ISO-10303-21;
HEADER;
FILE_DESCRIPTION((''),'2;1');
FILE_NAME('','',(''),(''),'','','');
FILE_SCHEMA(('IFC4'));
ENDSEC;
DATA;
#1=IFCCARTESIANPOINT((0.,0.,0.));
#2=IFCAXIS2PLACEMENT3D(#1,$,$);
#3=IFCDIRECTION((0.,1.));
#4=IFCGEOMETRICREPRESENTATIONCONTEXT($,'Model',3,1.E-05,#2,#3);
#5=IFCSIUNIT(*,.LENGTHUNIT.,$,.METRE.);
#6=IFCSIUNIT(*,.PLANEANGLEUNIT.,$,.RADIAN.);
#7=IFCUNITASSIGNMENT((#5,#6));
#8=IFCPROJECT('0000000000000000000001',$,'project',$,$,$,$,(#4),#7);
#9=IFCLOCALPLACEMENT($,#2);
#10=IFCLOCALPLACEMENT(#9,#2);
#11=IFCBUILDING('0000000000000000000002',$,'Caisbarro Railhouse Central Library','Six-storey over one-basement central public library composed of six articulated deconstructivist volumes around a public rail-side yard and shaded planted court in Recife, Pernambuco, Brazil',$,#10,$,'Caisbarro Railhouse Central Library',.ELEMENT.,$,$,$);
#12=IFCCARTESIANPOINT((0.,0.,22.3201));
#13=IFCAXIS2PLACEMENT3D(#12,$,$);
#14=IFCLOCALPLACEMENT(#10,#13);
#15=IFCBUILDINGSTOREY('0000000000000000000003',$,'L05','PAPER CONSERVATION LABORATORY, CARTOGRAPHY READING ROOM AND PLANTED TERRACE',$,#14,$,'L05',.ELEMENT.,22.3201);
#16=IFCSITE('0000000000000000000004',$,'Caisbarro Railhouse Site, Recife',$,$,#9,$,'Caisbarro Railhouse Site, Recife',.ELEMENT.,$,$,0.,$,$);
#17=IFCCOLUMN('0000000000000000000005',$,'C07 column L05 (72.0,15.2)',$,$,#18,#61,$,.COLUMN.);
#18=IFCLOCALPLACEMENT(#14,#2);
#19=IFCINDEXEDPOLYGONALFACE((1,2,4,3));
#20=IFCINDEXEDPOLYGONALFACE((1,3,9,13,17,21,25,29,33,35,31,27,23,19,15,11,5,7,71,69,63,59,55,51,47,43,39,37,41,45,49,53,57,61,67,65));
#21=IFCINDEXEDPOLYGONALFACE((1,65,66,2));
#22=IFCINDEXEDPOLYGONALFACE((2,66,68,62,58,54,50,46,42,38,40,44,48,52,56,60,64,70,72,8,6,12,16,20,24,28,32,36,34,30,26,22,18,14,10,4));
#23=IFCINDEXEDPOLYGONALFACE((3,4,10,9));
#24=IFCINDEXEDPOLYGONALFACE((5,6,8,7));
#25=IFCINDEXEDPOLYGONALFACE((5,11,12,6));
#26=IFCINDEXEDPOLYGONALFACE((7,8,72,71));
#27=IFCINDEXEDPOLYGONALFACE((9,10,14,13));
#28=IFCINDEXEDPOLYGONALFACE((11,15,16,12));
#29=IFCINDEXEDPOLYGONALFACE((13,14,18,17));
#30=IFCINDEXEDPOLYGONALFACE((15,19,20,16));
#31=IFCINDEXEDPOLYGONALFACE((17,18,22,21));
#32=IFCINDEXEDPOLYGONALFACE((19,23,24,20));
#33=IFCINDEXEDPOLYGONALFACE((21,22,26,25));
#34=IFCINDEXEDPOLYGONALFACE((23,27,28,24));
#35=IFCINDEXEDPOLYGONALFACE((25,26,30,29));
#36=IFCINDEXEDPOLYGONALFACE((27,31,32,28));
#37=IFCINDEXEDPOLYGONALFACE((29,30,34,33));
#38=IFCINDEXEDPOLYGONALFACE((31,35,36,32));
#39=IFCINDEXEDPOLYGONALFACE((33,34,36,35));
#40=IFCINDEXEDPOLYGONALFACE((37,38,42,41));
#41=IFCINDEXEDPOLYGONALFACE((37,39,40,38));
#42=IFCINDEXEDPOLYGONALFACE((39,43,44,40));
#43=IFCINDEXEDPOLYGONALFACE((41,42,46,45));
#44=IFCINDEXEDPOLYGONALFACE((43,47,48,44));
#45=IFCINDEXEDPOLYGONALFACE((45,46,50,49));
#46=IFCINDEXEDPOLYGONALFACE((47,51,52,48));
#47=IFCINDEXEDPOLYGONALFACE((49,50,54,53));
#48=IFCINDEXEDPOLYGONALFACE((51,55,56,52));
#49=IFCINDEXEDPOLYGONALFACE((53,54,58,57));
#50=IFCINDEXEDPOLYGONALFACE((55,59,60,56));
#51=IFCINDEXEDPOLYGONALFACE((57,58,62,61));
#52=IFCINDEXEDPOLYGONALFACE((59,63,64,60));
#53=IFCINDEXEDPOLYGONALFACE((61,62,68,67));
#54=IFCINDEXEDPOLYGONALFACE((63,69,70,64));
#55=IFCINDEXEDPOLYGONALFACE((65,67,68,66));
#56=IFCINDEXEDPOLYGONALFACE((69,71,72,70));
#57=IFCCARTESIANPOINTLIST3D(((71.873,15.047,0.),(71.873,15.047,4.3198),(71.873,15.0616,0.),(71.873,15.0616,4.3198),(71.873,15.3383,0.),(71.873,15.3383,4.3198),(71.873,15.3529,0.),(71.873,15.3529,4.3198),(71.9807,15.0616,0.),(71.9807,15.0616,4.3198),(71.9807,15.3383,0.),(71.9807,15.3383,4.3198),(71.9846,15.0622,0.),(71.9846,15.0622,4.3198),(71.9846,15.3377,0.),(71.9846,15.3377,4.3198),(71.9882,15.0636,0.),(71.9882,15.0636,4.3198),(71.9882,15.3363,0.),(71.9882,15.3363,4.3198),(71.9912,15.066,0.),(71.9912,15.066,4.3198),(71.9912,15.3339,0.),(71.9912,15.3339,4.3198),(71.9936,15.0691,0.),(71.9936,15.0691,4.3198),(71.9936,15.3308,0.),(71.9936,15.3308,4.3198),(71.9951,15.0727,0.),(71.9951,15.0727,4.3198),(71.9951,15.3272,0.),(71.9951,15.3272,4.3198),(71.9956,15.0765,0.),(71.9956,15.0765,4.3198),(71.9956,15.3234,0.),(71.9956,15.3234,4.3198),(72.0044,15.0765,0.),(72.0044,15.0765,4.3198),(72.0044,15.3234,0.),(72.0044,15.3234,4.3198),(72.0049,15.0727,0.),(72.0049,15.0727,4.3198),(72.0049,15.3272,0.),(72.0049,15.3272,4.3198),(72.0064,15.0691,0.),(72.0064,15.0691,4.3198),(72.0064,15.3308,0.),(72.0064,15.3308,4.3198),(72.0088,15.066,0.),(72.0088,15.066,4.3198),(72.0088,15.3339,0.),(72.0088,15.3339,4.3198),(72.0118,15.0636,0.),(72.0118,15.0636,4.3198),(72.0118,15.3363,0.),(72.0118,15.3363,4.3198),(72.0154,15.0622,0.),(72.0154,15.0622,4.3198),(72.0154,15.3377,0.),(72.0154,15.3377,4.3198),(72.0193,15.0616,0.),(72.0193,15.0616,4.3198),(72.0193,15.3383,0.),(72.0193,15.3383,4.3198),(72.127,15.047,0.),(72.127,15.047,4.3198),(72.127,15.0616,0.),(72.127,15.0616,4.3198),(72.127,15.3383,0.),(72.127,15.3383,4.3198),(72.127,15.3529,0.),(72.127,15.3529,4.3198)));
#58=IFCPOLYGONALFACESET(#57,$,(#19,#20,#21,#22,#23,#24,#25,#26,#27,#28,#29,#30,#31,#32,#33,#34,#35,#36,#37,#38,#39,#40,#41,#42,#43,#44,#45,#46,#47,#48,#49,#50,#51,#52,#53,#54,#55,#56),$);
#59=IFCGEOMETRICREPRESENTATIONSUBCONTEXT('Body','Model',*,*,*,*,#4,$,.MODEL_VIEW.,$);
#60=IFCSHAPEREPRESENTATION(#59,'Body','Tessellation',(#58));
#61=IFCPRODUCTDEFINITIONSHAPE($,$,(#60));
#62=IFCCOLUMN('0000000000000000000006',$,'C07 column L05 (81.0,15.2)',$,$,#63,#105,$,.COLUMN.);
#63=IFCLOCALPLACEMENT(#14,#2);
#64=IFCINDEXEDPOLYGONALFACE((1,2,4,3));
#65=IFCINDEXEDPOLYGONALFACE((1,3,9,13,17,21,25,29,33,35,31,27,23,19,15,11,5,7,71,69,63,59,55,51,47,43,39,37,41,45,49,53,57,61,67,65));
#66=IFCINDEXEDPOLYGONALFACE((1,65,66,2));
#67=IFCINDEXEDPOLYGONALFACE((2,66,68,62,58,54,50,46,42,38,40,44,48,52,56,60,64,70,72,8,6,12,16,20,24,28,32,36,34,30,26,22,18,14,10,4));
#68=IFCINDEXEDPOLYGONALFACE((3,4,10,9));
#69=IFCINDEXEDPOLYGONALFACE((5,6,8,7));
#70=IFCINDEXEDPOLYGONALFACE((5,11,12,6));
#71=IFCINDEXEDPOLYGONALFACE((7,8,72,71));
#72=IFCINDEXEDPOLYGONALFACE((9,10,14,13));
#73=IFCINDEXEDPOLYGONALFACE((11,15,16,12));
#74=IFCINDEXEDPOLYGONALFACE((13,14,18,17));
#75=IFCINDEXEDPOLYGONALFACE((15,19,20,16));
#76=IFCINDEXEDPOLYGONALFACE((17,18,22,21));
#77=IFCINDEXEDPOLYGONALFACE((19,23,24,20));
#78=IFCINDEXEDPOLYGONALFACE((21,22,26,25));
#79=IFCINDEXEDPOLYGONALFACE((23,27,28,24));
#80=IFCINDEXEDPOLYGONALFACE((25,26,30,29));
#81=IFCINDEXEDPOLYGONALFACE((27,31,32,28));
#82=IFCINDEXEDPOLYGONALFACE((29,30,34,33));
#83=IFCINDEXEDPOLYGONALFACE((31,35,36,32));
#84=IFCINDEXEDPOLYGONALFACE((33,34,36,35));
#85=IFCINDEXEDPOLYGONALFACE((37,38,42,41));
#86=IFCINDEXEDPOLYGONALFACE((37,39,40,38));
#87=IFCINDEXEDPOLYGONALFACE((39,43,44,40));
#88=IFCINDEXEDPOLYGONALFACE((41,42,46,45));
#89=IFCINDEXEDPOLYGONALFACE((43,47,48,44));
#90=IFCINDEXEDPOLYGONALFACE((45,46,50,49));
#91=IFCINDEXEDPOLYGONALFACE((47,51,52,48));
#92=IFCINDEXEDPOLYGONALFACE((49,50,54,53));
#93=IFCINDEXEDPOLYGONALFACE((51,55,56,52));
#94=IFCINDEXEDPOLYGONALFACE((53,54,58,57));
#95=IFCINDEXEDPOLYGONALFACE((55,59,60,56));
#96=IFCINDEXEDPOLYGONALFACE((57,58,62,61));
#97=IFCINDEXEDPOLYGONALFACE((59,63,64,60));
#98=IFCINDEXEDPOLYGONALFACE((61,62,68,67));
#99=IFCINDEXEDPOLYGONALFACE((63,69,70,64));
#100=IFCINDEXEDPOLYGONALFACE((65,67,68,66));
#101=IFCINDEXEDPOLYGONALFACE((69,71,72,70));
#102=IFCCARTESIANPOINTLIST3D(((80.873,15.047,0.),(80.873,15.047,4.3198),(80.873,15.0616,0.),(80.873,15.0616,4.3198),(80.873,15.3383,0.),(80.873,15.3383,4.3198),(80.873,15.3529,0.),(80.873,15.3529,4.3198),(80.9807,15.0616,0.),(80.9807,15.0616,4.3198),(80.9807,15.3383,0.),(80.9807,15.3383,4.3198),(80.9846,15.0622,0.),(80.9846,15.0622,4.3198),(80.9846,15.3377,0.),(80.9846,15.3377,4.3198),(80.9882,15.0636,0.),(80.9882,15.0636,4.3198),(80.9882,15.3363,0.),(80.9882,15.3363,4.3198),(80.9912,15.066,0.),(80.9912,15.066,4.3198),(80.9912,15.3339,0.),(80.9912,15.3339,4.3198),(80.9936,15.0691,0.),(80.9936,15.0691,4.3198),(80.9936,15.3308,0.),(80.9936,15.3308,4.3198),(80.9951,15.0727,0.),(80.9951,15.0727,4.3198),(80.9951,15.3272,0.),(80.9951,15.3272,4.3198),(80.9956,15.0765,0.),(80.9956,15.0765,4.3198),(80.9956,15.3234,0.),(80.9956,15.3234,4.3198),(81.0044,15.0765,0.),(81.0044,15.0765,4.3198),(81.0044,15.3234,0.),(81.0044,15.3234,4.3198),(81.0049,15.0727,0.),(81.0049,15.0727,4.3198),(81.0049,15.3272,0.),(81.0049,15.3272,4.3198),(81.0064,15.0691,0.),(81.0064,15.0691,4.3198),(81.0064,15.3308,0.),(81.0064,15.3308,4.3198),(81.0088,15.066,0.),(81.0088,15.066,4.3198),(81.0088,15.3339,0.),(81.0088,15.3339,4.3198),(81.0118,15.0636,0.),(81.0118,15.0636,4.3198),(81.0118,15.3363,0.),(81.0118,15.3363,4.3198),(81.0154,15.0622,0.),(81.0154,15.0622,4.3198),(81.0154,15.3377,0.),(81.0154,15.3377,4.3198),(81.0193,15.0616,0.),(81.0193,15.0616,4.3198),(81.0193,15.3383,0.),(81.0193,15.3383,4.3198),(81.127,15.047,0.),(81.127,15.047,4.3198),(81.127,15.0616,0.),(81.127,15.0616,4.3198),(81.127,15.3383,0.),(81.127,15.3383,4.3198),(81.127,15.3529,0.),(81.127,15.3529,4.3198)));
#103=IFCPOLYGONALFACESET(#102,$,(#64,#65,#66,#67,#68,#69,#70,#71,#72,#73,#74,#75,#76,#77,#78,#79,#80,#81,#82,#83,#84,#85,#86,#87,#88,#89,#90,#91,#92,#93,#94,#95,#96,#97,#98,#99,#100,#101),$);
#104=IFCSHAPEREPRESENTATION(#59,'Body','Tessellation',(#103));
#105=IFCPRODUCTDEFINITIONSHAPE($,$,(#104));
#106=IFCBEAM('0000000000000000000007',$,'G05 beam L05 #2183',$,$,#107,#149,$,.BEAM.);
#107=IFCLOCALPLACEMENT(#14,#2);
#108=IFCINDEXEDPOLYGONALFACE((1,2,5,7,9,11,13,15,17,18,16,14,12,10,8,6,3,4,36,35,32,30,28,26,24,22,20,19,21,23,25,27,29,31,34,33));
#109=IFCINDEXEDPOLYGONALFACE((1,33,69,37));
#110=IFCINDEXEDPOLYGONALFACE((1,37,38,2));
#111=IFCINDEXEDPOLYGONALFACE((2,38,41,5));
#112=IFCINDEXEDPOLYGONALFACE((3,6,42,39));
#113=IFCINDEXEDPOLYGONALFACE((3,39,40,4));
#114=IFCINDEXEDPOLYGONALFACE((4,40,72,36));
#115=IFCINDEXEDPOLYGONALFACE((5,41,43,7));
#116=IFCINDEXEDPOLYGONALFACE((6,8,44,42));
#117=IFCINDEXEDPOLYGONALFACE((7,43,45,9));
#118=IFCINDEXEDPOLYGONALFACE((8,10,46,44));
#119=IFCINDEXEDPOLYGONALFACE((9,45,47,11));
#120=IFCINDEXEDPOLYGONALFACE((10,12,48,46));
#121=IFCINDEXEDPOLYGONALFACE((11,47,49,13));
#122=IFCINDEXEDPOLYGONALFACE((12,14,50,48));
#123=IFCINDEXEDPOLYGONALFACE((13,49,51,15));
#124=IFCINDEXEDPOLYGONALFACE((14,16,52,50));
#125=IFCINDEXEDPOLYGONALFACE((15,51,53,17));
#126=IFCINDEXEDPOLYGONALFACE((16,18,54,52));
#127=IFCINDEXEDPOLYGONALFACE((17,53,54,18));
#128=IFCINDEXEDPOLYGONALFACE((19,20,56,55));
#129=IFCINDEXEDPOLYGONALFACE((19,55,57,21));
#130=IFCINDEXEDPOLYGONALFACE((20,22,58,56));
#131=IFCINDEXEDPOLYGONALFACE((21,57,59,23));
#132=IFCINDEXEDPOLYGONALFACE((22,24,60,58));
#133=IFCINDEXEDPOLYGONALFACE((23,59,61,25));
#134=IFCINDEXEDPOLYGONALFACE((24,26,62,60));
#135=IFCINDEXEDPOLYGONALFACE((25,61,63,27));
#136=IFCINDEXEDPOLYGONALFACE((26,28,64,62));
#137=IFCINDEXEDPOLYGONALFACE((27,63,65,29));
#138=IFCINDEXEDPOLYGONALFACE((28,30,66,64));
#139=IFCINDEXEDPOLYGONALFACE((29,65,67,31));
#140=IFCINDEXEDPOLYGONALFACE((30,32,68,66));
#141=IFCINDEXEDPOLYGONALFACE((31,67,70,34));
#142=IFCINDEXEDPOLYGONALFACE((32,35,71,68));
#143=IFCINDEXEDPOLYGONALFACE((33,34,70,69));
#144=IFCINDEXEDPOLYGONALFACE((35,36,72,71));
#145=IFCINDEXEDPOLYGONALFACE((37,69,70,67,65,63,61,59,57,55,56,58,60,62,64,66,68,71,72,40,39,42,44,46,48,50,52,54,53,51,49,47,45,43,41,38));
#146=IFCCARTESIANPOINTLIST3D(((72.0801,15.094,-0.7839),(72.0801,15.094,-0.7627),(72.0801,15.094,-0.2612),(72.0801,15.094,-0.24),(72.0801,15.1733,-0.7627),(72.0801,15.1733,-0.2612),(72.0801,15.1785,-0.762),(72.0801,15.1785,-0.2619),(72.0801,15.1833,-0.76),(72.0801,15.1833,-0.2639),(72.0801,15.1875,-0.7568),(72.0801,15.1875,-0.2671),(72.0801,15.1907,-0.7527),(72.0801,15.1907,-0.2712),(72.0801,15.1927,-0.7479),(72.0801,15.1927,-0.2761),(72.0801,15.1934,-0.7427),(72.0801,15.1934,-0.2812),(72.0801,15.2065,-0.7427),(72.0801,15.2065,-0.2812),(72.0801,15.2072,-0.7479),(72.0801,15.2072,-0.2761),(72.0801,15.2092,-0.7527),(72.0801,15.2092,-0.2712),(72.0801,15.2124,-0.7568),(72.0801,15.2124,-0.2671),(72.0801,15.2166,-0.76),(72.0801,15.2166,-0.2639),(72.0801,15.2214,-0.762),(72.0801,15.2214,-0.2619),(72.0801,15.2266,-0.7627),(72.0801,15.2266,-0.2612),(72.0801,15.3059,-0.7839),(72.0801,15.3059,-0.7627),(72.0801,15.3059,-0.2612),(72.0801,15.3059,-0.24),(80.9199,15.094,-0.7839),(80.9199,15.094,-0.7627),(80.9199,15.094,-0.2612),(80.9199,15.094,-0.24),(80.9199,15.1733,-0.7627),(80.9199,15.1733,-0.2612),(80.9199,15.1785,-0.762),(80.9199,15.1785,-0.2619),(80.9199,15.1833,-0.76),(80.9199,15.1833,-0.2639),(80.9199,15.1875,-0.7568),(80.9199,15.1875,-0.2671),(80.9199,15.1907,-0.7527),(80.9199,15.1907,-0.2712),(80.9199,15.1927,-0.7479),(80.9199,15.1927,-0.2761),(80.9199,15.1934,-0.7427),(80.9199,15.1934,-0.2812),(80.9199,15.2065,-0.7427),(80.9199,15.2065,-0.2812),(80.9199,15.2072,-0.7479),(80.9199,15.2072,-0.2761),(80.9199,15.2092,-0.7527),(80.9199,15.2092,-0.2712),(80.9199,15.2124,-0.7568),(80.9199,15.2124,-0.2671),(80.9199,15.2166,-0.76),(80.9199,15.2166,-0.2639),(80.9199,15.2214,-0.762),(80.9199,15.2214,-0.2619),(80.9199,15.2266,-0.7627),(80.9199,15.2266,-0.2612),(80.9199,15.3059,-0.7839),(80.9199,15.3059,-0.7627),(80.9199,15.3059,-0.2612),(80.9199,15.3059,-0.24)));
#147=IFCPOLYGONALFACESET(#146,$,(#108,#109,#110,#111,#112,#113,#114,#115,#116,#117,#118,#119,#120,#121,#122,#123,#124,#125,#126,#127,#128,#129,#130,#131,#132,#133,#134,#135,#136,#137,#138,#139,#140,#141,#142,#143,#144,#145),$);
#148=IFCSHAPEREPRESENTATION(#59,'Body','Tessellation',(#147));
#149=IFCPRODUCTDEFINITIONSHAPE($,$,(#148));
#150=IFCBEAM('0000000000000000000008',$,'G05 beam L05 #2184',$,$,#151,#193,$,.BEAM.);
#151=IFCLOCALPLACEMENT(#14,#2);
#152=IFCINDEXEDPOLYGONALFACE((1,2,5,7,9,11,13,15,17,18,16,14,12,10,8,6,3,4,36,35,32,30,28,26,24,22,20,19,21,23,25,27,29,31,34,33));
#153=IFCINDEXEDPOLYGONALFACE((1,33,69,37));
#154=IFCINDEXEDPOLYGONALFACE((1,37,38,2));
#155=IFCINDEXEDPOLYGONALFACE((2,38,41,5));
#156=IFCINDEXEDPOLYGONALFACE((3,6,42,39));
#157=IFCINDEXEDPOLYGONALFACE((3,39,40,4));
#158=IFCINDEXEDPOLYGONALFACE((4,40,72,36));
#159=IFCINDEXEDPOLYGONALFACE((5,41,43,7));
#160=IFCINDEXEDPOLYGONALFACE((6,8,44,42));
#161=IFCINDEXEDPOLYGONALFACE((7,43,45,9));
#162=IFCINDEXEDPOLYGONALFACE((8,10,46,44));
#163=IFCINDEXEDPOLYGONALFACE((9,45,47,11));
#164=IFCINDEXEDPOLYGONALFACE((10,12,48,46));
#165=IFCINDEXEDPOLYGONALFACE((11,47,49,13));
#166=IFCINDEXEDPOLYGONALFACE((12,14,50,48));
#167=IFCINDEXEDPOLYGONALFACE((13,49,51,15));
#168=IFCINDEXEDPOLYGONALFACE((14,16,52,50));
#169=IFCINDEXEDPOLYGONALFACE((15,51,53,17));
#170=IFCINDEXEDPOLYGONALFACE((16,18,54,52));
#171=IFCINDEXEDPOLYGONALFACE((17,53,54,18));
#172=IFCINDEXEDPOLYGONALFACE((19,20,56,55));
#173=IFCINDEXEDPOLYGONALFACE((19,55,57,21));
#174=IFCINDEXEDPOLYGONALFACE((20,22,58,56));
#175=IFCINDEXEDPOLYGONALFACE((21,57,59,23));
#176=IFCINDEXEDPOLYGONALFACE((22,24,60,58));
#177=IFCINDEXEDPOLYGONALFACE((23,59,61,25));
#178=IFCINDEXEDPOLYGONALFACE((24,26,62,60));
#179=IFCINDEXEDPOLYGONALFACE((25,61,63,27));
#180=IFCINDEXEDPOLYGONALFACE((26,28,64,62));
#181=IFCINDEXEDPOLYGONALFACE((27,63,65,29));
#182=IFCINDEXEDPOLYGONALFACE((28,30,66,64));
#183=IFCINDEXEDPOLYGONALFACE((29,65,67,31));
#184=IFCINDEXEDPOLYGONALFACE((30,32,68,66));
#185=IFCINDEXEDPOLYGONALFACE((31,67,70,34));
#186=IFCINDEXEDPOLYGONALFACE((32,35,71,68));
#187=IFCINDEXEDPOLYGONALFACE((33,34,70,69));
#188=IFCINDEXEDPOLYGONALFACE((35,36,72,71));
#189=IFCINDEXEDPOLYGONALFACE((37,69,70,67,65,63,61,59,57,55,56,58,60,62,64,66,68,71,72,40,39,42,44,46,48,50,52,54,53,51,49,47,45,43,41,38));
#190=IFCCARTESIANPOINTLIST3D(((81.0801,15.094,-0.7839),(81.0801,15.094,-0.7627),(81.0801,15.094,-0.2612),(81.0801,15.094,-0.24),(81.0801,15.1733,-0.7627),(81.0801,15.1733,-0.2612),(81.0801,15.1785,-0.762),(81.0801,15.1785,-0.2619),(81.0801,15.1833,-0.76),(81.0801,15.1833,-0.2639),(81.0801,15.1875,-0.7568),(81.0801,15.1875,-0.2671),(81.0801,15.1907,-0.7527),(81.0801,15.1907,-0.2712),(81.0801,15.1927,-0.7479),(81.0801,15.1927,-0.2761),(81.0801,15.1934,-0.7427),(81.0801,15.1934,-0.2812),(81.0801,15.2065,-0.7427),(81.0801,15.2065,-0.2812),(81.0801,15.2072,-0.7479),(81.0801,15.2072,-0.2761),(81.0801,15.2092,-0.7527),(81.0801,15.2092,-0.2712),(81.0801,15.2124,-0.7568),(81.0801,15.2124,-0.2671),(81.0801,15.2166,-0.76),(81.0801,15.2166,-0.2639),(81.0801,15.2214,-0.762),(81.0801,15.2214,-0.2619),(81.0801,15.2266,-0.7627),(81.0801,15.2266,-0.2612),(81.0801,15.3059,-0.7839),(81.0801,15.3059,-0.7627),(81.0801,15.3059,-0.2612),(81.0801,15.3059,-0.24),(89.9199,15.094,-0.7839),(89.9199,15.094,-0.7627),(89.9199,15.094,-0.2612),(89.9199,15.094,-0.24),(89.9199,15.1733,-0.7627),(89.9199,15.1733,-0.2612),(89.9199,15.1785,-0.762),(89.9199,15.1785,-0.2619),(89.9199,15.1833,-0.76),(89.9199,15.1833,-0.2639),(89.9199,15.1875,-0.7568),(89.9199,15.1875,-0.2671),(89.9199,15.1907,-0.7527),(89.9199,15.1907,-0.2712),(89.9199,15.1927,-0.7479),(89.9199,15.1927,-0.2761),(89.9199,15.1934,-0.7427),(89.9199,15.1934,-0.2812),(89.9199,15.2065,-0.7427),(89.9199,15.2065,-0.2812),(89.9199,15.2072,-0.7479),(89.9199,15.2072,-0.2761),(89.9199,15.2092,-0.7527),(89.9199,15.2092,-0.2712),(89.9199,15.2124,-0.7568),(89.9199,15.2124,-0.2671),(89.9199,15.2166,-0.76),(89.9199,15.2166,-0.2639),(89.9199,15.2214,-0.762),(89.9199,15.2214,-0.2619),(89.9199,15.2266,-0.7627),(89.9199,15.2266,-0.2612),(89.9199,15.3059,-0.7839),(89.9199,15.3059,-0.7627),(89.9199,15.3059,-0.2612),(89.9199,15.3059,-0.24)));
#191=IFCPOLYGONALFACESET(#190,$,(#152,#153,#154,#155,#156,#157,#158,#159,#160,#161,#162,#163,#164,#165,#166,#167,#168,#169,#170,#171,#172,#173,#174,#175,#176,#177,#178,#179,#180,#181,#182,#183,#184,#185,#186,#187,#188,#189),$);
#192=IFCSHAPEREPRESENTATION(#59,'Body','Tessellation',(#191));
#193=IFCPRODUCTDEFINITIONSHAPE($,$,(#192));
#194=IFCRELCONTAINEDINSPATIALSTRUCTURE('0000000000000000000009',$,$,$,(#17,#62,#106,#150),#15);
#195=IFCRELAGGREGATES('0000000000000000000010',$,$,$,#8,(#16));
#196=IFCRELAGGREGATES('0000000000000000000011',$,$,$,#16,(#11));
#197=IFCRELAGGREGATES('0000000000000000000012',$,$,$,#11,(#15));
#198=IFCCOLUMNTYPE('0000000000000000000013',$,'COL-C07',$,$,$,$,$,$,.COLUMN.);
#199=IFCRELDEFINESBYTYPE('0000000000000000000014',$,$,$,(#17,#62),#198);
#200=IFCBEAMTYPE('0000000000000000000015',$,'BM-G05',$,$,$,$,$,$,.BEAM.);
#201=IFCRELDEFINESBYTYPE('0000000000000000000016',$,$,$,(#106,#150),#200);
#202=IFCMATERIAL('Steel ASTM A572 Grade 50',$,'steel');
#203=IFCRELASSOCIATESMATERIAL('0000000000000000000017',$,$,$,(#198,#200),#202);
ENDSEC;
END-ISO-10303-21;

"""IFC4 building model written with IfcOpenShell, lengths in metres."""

from ifc_helpers import new_model, si_unit, direction, frame, origin, origin_2d, place, context, subcontext, project, spatial, i_section, extrude, material, material_profile, profile_set, type_object, element, save


model = new_model("IFC4")

# Units and contexts
model_context = context("Model", 3, precision=1e-05, world=origin(), true_north=direction((0.0, 1.0)))
body_context = subcontext(model_context, "Body", "Model", "MODEL_VIEW")
ifc_project = project(units=[si_unit("LENGTHUNIT", "METRE"), si_unit("PLANEANGLEUNIT", "RADIAN")], contexts=[model_context])

# Site, building, storey
site_placement = place(None, origin())
site = spatial("IfcSite", under=ifc_project, at=site_placement, Name="Caisbarro Railhouse Site, Recife", LongName="Caisbarro Railhouse Site, Recife", CompositionType="ELEMENT", RefElevation=0.0)
building_placement = place(site_placement, origin())
building = spatial("IfcBuilding", under=site, at=building_placement, Name="Caisbarro Railhouse Central Library", Description="Six-storey over one-basement central public library composed of six articulated deconstructivist volumes around a public rail-side yard and shaded planted court in Recife, Pernambuco, Brazil", LongName="Caisbarro Railhouse Central Library", CompositionType="ELEMENT")
storey_placement = place(building_placement, frame((0.0, 0.0, 22.3201)))
storey = spatial("IfcBuildingStorey", under=building, at=storey_placement, Name="L05", Description="PAPER CONSERVATION LABORATORY, CARTOGRAPHY READING ROOM AND PLANTED TERRACE", LongName="L05", CompositionType="ELEMENT", Elevation=22.3201)

# Columns
ifc_material_1 = material(Name="Steel ASTM A572 Grade 50", Category="steel")
ifc_material_profile_1 = material_profile(ifc_material_1, i_section(OverallWidth=0.2539, OverallDepth=0.3059, WebThickness=0.0088, FlangeThickness=0.0146, FilletRadius=0.0149, at=origin_2d()), Name="W310X79.0")
ifc_profile_set_1 = profile_set([ifc_material_profile_1], Name="Steel ASTM A572 Grade 50")
column_type = type_object("IfcColumnType", Name="COL-C07", PredefinedType="COLUMN", material=ifc_profile_set_1)
for number, where, z_axis, x_axis, name in (
    (1, (72.0, 15.2, 0.0), (0.0, 0.0, 1.0), (1.0, 0.0, 0.0), "C07 column L05 (72.0,15.2)"),
    (2, (81.0, 15.2, 0.0), (0.0, 0.0, 1.0), (1.0, 0.0, 0.0), "C07 column L05 (81.0,15.2)"),
):
    element("IfcColumn", number, at=place(storey_placement, frame(where, z_axis=z_axis, x_axis=x_axis)), inside=storey, type_object=column_type, Name=name, PredefinedType="COLUMN", context=body_context, shape_type="SweptSolid", body=[
        extrude(i_section(OverallWidth=0.2539, OverallDepth=0.3059, WebThickness=0.0088, FlangeThickness=0.0146, FilletRadius=0.0149, at=origin_2d()), origin(), (0.0, 0.0, 1.0), 4.3198),
    ])

# Beams
ifc_material_profile_2 = material_profile(ifc_material_1, i_section(OverallWidth=0.2119, OverallDepth=0.5439, WebThickness=0.0132, FlangeThickness=0.0212, FilletRadius=0.02, at=origin_2d()), Name="W530X123.0")
ifc_profile_set_2 = profile_set([ifc_material_profile_2], Name="Steel ASTM A572 Grade 50")
beam_type_1 = type_object("IfcBeamType", Name="BM-G05", PredefinedType="BEAM", material=ifc_profile_set_2)
for number, where, z_axis, x_axis, name in (
    (3, (72.0801, 15.2, -0.512), (1.0, 0.0, 0.0), (0.0, 1.0, 0.0), "G05 beam L05 #2183"),
    (4, (81.0801, 15.2, -0.512), (1.0, 0.0, 0.0), (0.0, 1.0, 0.0), "G05 beam L05 #2184"),
):
    element("IfcBeam", number, at=place(storey_placement, frame(where, z_axis=z_axis, x_axis=x_axis)), inside=storey, type_object=beam_type_1, Name=name, PredefinedType="BEAM", context=body_context, shape_type="SweptSolid", body=[
        extrude(i_section(OverallWidth=0.2119, OverallDepth=0.5439, WebThickness=0.0132, FlangeThickness=0.0212, FilletRadius=0.02, at=origin_2d()), origin(), (0.0, 0.0, 1.0), 8.8398),
    ])

save(model, "model.ifc")
